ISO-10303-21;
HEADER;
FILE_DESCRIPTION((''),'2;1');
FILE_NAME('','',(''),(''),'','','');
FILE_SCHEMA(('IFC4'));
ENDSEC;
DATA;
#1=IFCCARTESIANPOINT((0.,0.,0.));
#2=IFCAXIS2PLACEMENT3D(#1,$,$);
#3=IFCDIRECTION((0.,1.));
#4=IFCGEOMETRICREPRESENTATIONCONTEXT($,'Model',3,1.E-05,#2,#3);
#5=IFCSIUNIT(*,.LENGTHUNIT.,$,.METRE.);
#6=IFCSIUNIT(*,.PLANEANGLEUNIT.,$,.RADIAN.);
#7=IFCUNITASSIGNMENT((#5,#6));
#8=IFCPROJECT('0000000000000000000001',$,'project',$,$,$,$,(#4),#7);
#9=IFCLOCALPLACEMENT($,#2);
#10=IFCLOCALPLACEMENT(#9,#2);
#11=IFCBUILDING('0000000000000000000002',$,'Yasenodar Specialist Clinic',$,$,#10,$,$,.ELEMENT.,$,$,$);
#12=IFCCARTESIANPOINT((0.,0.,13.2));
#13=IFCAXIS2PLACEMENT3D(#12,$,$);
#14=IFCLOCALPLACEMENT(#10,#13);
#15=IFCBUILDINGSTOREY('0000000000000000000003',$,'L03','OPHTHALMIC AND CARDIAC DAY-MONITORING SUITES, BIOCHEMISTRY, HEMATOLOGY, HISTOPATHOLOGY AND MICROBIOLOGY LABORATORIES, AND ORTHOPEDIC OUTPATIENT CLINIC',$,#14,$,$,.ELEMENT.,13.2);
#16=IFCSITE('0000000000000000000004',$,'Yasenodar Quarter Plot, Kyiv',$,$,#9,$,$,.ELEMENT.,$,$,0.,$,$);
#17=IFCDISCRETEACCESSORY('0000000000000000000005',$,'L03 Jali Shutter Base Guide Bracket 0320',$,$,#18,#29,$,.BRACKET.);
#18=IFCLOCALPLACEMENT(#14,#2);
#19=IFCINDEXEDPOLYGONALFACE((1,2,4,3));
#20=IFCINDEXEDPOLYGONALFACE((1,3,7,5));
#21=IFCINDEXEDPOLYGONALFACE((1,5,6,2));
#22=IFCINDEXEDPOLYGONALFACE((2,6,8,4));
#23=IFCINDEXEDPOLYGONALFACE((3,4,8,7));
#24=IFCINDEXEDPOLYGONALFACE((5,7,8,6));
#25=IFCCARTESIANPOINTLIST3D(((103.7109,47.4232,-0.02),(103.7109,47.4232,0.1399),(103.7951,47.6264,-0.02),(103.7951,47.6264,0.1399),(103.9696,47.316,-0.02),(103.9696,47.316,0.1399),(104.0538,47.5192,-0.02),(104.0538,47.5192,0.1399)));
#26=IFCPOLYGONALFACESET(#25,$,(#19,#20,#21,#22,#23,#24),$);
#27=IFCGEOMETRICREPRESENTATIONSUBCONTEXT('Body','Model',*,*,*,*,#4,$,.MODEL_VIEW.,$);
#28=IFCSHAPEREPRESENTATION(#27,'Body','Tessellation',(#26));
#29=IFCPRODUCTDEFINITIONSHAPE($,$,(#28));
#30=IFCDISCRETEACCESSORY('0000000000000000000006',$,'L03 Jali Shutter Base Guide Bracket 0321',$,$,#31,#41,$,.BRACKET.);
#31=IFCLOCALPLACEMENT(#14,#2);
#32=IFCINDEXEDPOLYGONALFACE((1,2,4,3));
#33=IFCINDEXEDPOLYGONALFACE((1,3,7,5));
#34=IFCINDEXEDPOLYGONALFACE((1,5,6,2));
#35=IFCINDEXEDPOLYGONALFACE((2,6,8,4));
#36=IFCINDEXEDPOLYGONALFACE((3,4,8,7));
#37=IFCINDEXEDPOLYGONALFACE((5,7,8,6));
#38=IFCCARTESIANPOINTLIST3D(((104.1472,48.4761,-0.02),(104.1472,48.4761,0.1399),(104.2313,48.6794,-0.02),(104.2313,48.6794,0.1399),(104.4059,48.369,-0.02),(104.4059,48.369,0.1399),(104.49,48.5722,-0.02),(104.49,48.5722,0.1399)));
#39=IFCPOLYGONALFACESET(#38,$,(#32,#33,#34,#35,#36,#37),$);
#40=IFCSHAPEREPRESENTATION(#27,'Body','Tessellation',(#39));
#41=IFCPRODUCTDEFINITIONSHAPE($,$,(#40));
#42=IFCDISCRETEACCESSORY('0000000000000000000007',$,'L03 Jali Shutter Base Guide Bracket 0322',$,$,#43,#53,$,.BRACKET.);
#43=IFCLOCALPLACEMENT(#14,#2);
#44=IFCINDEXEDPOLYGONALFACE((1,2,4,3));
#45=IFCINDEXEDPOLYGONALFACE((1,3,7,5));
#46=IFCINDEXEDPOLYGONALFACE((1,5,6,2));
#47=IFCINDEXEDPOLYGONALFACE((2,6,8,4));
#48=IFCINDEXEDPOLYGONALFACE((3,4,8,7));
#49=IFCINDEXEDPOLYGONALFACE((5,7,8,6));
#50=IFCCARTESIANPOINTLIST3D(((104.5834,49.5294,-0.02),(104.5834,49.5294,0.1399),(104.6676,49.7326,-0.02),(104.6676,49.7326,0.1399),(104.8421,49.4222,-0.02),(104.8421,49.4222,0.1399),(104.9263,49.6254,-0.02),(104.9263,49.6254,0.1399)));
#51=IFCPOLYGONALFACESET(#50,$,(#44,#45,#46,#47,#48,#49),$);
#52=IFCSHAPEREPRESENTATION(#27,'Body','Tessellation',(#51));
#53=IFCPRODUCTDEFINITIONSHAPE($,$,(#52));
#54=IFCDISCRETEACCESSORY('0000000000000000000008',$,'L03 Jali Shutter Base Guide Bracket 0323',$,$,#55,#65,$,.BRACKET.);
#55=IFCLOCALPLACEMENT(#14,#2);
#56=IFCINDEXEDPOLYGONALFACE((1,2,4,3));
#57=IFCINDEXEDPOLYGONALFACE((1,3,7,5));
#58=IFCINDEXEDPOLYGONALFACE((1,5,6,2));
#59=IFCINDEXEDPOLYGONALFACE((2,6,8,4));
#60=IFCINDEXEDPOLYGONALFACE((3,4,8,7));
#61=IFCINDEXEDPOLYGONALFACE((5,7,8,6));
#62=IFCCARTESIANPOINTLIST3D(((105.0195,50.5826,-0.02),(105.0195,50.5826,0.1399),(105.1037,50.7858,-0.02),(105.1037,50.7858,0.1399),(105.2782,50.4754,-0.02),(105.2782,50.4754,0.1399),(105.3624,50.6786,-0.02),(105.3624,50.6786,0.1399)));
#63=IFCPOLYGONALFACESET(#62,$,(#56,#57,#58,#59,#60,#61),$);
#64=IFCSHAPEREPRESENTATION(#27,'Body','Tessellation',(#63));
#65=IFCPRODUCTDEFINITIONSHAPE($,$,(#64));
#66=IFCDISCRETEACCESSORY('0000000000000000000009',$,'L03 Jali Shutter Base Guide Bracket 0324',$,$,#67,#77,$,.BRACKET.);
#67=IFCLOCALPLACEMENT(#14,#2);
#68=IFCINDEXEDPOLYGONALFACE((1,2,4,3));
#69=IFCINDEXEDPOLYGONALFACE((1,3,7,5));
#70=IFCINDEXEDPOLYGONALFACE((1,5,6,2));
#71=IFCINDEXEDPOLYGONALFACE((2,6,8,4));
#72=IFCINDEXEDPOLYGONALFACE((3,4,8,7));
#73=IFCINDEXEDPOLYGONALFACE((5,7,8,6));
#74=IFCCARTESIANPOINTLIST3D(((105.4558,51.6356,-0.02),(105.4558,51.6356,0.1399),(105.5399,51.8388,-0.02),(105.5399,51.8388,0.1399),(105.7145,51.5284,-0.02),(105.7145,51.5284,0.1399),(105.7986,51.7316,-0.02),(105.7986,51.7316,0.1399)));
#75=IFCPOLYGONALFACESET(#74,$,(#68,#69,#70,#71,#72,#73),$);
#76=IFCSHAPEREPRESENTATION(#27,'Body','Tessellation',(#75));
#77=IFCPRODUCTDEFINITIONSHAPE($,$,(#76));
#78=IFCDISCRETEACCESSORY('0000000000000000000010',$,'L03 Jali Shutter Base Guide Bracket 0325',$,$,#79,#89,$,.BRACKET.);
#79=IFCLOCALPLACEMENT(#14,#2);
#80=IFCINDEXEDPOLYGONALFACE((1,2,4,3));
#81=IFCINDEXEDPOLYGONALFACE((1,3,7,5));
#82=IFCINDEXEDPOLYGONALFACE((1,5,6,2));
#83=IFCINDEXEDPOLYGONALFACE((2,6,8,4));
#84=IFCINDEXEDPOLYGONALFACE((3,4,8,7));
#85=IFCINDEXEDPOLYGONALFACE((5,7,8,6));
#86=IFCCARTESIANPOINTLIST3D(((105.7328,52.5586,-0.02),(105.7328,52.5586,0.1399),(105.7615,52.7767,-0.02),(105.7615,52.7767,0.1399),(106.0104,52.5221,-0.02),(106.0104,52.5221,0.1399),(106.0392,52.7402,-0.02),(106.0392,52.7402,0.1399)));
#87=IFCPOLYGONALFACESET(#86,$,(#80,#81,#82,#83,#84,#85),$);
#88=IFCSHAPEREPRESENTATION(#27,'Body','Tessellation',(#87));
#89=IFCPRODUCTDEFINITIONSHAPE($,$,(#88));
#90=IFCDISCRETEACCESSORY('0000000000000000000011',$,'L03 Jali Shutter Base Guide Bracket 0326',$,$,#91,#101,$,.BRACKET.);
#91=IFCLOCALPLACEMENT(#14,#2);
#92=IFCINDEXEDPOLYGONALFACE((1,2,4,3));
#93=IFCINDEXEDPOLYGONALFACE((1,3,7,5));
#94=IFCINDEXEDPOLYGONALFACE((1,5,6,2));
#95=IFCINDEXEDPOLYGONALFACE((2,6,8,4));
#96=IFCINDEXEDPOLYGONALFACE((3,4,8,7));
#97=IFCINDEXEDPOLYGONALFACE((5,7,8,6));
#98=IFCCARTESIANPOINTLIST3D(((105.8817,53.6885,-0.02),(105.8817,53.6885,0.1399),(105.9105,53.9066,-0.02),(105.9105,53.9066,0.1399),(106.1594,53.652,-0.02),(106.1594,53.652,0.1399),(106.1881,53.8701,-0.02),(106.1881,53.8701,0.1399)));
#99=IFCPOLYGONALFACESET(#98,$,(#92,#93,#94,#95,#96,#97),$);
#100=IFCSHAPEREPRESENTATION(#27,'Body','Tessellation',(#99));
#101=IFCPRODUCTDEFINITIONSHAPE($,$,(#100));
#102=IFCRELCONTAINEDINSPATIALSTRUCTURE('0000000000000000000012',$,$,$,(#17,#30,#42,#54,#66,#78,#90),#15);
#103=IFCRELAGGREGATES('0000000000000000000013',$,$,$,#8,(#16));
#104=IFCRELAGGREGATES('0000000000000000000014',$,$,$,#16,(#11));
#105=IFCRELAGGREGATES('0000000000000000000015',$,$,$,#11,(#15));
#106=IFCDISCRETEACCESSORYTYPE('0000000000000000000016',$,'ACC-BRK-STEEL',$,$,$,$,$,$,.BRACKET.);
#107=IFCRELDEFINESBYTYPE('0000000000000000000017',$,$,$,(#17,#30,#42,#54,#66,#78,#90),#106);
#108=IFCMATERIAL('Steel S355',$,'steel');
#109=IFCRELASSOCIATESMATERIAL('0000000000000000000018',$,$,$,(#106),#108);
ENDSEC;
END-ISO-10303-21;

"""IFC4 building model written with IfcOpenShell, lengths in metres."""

from ifc_helpers import new_model, si_unit, direction, frame, origin, origin_2d, place, context, subcontext, project, spatial, rectangle, extrude, material, type_object, element, save


model = new_model("IFC4")

# Units and contexts
model_context = context("Model", 3, precision=1e-05, world=origin(), true_north=direction((0.0, 1.0)))
body_context = subcontext(model_context, "Body", "Model", "MODEL_VIEW")
ifc_project = project(units=[si_unit("LENGTHUNIT", "METRE"), si_unit("PLANEANGLEUNIT", "RADIAN")], contexts=[model_context])

# Site, building, storey
site_placement = place(None, origin())
site = spatial("IfcSite", under=ifc_project, at=site_placement, Name="Yasenodar Quarter Plot, Kyiv", CompositionType="ELEMENT", RefElevation=0.0)
building_placement = place(site_placement, origin())
building = spatial("IfcBuilding", under=site, at=building_placement, Name="Yasenodar Specialist Clinic", CompositionType="ELEMENT")
storey_placement = place(building_placement, frame((0.0, 0.0, 13.2)))
storey = spatial("IfcBuildingStorey", under=building, at=storey_placement, Name="L03", Description="OPHTHALMIC AND CARDIAC DAY-MONITORING SUITES, BIOCHEMISTRY, HEMATOLOGY, HISTOPATHOLOGY AND MICROBIOLOGY LABORATORIES, AND ORTHOPEDIC OUTPATIENT CLINIC", CompositionType="ELEMENT", Elevation=13.2)

# Shared definitions
ifc_material_1 = material(Name="Steel S355", Category="steel")

# Discrete accessories
discrete_accessory_type = type_object("IfcDiscreteAccessoryType", Name="ACC-BRK-STEEL", PredefinedType="BRACKET", material=ifc_material_1)
for number, where, z_axis, x_axis, name in (
    (1, (103.8823, 47.4712, -0.02), (0.0, 0.0, 1.0), (0.382687, 0.923878, 0.0), "L03 Jali Shutter Base Guide Bracket 0320"),
    (2, (104.3186, 48.5242, -0.02), (0.0, 0.0, 1.0), (0.382687, 0.923878, 0.0), "L03 Jali Shutter Base Guide Bracket 0321"),
    (3, (104.7549, 49.5774, -0.02), (0.0, 0.0, 1.0), (0.382687, 0.923878, 0.0), "L03 Jali Shutter Base Guide Bracket 0322"),
    (4, (105.1909, 50.6306, -0.02), (0.0, 0.0, 1.0), (0.382687, 0.923878, 0.0), "L03 Jali Shutter Base Guide Bracket 0323"),
    (5, (105.6272, 51.6836, -0.02), (0.0, 0.0, 1.0), (0.382687, 0.923878, 0.0), "L03 Jali Shutter Base Guide Bracket 0324"),
    (6, (105.886, 52.6494, -0.02), (0.0, 0.0, 1.0), (0.130519, 0.991446, 0.0), "L03 Jali Shutter Base Guide Bracket 0325"),
    (7, (106.0349, 53.7793, -0.02), (0.0, 0.0, 1.0), (0.130519, 0.991446, 0.0), "L03 Jali Shutter Base Guide Bracket 0326"),
):
    element("IfcDiscreteAccessory", number, at=place(storey_placement, frame(where, z_axis=z_axis, x_axis=x_axis)), inside=storey, type_object=discrete_accessory_type, Name=name, PredefinedType="BRACKET", context=body_context, shape_type="SweptSolid", body=[
        extrude(rectangle(XDim=0.22, YDim=0.28, at=origin_2d()), origin(), (0.0, 0.0, 1.0), 0.1599),
    ])

save(model, "model.ifc")
